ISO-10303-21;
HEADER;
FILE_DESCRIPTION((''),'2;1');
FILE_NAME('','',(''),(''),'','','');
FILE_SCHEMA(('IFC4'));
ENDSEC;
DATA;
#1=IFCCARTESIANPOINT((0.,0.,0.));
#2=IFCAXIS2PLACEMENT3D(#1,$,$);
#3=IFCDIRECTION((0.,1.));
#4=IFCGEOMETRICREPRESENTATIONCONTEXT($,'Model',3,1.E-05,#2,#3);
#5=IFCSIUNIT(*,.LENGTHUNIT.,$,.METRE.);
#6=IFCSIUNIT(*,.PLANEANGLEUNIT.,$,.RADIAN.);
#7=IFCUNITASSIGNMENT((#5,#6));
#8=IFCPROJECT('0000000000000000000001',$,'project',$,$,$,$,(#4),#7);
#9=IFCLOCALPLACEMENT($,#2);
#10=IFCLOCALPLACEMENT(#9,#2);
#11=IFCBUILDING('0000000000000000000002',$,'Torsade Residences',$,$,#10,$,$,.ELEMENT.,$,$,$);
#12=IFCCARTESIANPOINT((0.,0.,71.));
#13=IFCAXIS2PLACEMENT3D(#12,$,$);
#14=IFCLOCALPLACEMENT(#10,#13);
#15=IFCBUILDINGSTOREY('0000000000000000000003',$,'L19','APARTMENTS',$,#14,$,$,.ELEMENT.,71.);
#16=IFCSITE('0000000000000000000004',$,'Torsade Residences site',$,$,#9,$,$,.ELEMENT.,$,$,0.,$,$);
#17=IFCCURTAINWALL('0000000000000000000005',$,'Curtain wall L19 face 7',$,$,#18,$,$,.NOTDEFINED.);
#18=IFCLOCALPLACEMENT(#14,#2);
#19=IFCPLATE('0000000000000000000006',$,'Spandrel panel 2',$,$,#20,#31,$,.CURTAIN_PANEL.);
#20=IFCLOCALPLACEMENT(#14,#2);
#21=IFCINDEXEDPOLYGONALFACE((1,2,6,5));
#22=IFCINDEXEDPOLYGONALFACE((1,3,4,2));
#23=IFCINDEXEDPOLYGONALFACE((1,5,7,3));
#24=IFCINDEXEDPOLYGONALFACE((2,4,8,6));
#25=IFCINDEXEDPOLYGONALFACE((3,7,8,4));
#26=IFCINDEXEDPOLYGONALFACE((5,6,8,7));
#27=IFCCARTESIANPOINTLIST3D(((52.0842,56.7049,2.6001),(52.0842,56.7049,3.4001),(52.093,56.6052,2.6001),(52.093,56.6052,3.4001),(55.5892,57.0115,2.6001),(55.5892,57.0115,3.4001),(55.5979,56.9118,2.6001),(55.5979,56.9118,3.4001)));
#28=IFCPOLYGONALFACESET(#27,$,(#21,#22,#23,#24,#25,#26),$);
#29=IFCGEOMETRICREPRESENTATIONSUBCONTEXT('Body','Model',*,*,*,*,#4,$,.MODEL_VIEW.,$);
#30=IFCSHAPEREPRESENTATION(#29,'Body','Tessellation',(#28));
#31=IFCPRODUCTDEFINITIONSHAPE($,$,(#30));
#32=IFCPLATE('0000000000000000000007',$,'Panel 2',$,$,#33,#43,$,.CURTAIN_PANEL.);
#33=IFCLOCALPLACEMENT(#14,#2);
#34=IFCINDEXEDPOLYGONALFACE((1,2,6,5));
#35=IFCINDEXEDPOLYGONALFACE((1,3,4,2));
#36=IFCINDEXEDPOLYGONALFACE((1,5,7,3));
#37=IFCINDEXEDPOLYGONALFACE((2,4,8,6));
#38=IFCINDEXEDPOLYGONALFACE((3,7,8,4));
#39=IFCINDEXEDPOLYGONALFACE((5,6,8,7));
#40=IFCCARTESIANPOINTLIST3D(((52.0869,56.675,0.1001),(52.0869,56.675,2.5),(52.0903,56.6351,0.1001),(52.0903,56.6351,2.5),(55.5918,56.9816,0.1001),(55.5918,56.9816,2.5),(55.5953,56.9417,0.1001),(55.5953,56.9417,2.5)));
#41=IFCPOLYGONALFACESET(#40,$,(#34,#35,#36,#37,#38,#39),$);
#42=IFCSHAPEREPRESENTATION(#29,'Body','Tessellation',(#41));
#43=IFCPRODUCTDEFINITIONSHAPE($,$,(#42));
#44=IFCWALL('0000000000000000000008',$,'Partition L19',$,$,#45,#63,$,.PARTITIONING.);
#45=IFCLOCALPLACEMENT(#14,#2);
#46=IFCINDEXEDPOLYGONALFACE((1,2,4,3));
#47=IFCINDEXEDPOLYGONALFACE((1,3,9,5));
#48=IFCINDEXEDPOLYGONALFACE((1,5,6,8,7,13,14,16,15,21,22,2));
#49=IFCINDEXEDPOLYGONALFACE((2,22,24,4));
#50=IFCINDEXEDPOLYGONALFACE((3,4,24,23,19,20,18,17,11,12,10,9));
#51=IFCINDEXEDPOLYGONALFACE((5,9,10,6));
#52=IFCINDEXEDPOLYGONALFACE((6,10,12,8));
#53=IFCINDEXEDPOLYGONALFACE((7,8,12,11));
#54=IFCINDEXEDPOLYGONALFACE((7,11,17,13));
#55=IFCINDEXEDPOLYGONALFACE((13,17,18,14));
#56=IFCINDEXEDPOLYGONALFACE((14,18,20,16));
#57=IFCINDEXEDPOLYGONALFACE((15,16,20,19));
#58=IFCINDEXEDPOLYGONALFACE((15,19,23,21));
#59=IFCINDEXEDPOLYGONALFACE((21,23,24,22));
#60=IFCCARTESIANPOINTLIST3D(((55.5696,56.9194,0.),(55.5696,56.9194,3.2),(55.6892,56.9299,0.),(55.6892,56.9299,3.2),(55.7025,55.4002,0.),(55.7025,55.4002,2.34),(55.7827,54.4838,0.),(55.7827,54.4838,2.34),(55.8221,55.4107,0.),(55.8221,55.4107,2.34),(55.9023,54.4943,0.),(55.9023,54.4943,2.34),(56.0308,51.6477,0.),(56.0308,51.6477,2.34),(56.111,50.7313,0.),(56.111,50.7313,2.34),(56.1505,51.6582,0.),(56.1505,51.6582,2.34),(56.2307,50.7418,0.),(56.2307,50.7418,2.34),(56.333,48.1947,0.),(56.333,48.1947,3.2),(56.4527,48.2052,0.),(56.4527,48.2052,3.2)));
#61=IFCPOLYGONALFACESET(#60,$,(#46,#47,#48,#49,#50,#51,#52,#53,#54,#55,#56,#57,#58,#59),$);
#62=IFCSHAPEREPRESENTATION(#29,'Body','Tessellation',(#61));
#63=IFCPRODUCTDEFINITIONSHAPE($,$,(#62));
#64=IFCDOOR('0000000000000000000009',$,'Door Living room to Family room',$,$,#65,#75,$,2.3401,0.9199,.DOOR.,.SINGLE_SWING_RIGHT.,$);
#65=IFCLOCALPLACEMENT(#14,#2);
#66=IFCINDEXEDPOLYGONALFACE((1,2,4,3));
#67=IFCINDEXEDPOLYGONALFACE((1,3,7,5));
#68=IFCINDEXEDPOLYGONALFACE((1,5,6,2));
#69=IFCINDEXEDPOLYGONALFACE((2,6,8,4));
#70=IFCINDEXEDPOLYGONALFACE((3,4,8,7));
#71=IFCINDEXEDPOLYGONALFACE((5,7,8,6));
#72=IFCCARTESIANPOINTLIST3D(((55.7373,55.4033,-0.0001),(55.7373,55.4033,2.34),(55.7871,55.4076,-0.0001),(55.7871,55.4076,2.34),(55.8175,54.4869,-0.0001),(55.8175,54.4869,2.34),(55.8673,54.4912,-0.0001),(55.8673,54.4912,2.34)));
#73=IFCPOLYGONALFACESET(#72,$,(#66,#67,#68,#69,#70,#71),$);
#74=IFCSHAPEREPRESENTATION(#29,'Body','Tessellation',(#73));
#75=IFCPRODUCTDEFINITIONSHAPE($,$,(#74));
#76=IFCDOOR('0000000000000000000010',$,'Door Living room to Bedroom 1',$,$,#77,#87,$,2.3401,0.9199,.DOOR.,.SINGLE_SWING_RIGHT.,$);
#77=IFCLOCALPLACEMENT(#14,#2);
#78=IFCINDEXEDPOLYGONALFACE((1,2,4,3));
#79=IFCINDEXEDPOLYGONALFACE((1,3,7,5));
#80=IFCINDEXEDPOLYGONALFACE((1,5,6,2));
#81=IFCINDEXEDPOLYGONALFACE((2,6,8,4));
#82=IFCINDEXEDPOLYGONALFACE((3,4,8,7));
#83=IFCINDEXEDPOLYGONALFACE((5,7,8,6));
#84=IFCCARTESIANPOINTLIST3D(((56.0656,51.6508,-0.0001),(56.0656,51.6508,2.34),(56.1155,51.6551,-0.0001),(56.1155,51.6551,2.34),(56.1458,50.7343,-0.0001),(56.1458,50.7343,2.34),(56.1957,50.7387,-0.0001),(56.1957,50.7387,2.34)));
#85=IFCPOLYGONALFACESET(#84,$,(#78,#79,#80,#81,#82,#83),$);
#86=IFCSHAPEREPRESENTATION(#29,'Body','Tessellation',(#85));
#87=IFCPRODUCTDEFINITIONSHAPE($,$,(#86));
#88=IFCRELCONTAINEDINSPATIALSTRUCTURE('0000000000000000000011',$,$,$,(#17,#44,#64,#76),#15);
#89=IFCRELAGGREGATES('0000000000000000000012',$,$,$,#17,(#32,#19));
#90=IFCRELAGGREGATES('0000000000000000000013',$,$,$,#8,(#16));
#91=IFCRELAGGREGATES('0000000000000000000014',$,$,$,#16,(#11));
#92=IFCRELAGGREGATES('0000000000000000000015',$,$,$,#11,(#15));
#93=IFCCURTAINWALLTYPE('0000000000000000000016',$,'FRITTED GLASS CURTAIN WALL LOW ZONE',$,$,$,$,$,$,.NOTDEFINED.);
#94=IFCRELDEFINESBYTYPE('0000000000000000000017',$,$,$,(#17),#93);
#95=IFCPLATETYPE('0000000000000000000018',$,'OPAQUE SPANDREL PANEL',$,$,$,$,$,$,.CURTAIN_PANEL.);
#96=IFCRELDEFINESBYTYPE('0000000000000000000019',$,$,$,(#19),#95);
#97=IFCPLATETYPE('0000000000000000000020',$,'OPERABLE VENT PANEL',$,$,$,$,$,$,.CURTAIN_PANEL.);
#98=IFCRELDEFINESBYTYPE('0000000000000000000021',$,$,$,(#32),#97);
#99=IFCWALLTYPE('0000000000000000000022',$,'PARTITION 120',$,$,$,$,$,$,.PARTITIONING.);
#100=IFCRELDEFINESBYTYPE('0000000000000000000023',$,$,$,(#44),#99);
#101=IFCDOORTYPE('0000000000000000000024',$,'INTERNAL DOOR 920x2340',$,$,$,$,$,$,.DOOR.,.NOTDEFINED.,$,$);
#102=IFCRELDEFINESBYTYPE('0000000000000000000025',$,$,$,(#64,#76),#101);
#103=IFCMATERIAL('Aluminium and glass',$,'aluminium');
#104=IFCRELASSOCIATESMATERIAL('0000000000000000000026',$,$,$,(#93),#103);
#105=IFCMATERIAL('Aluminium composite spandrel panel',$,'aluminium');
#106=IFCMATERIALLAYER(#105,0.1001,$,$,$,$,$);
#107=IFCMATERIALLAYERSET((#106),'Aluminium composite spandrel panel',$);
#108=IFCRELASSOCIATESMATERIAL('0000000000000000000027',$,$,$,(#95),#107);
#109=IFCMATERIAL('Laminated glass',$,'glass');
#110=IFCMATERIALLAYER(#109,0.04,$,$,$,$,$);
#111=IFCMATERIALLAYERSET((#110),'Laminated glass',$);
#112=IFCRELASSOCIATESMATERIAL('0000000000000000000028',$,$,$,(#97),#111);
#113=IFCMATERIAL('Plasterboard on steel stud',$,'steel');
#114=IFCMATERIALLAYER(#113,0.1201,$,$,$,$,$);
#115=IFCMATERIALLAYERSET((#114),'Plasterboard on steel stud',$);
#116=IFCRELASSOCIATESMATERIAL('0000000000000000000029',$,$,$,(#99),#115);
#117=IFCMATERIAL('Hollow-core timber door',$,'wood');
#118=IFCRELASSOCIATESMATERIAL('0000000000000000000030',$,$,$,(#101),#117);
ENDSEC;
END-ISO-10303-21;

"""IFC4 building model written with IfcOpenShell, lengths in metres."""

from ifc_helpers import new_model, si_unit, direction, frame, frame_2d, origin, origin_2d, place, context, subcontext, project, spatial, rectangle, extrude, material, layer, layer_set, type_object, element, fill, aggregate, save


model = new_model("IFC4")

# Units and contexts
model_context = context("Model", 3, precision=1e-05, world=origin(), true_north=direction((0.0, 1.0)))
body_context = subcontext(model_context, "Body", "Model", "MODEL_VIEW")
ifc_project = project(units=[si_unit("LENGTHUNIT", "METRE"), si_unit("PLANEANGLEUNIT", "RADIAN")], contexts=[model_context])

# Site, building, storey
site_placement = place(None, origin())
site = spatial("IfcSite", under=ifc_project, at=site_placement, Name="Torsade Residences site", CompositionType="ELEMENT", RefElevation=0.0)
building_placement = place(site_placement, origin())
building = spatial("IfcBuilding", under=site, at=building_placement, Name="Torsade Residences", CompositionType="ELEMENT")
storey_placement = place(building_placement, frame((0.0, 0.0, 71.0)))
storey = spatial("IfcBuildingStorey", under=building, at=storey_placement, Name="L19", Description="APARTMENTS", CompositionType="ELEMENT", Elevation=71.0)

# Curtain wall
ifc_material_1 = material(Name="Aluminium and glass", Category="aluminium")
curtain_wall_type = type_object("IfcCurtainWallType", Name="FRITTED GLASS CURTAIN WALL LOW ZONE", PredefinedType="NOTDEFINED", material=ifc_material_1)
curtain_wall_placement = place(storey_placement, origin())
curtain_wall = element("IfcCurtainWall", 1, at=curtain_wall_placement, inside=storey, type_object=curtain_wall_type, Name="Curtain wall L19 face 7", PredefinedType="NOTDEFINED")

# Plates
ifc_material_2 = material(Name="Aluminium composite spandrel panel", Category="aluminium")
ifc_layer_1 = layer(ifc_material_2, 0.1001)
ifc_layer_set_1 = layer_set([ifc_layer_1], Name="Aluminium composite spandrel panel")
plate_type_1 = type_object("IfcPlateType", Name="OPAQUE SPANDREL PANEL", PredefinedType="CURTAIN_PANEL", material=ifc_layer_set_1)
plate_1_placement = place(storey_placement, frame((53.8411, 56.8083, 2.6001), z_axis=(0.0, 0.0, 1.0), x_axis=(-0.996195, -0.087156, 0.0)))
plate_1 = element("IfcPlate", 2, at=plate_1_placement, type_object=plate_type_1, Name="Spandrel panel 2", PredefinedType="CURTAIN_PANEL", context=body_context, shape_type="SweptSolid", body=[
    extrude(rectangle(XDim=3.5183, YDim=0.1001, at=origin_2d()), origin(), (0.0, 0.0, 1.0), 0.8),
])
ifc_material_3 = material(Name="Laminated glass", Category="glass")
ifc_layer_2 = layer(ifc_material_3, 0.04)
ifc_layer_set_2 = layer_set([ifc_layer_2], Name="Laminated glass")
plate_type_2 = type_object("IfcPlateType", Name="OPERABLE VENT PANEL", PredefinedType="CURTAIN_PANEL", material=ifc_layer_set_2)
plate_2_placement = place(storey_placement, frame((53.8411, 56.8083, 0.1001), z_axis=(0.0, 0.0, 1.0), x_axis=(-0.996195, -0.087156, 0.0)))
plate_2 = element("IfcPlate", 3, at=plate_2_placement, type_object=plate_type_2, Name="Panel 2", PredefinedType="CURTAIN_PANEL", context=body_context, shape_type="SweptSolid", body=[
    extrude(rectangle(XDim=3.5183, YDim=0.04, at=origin_2d()), origin(), (0.0, 0.0, 1.0), 2.3999),
])
aggregate(curtain_wall, [plate_2, plate_1])

# Wall, openings, doors
ifc_material_4 = material(Name="Plasterboard on steel stud", Category="steel")
ifc_layer_3 = layer(ifc_material_4, 0.1201)
ifc_layer_set_3 = layer_set([ifc_layer_3], Name="Plasterboard on steel stud")
wall_type = type_object("IfcWallType", Name="PARTITION 120", PredefinedType="PARTITIONING", material=ifc_layer_set_3)
wall_placement = place(storey_placement, frame((55.6294, 56.9246, 0.0), z_axis=(0.0, 0.0, 1.0), x_axis=(0.08717, -0.996193, 0.0)))
wall = element("IfcWall", 4, at=wall_placement, inside=storey, type_object=wall_type, Name="Partition L19", PredefinedType="PARTITIONING", context=body_context, shape_type="SweptSolid", body=[
    extrude(rectangle(XDim=8.7581, YDim=0.1201, at=frame_2d((4.3789, 0.0))), origin(), (0.0, 0.0, 1.0), 3.2),
])
opening_1_placement = place(wall_placement, frame((1.5249, 0.0, 0.0)))
opening_1 = element("IfcOpeningElement", 5, at=opening_1_placement, cuts=wall, PredefinedType="OPENING", context=body_context, shape_type="SweptSolid", body=[
    extrude(rectangle(XDim=0.9199, YDim=2.3401, at=frame_2d((0.46, 1.1699))), frame((0.0, 0.0701, 0.0), z_axis=(0.0, -1.0, 0.0), x_axis=(1.0, 0.0, 0.0)), (0.0, 0.0, 1.0), 0.1401),
])
opening_2_placement = place(wall_placement, frame((5.2917, 0.0, 0.0)))
opening_2 = element("IfcOpeningElement", 6, at=opening_2_placement, cuts=wall, PredefinedType="OPENING", context=body_context, shape_type="SweptSolid", body=[
    extrude(rectangle(XDim=0.9199, YDim=2.3401, at=frame_2d((0.46, 1.1699))), frame((0.0, 0.0701, 0.0), z_axis=(0.0, -1.0, 0.0), x_axis=(1.0, 0.0, 0.0)), (0.0, 0.0, 1.0), 0.1401),
])
ifc_material_5 = material(Name="Hollow-core timber door", Category="wood")
door_type = type_object("IfcDoorType", Name="INTERNAL DOOR 920x2340", OperationType="NOTDEFINED", PredefinedType="DOOR", material=ifc_material_5)
door_1_placement = place(opening_1_placement, origin())
door_1 = element("IfcDoor", 7, at=door_1_placement, inside=storey, type_object=door_type, Name="Door Living room to Family room", OperationType="SINGLE_SWING_RIGHT", OverallHeight=2.3401, OverallWidth=0.9199, PredefinedType="DOOR", context=body_context, shape_type="SweptSolid", body=[
    extrude(rectangle(XDim=0.9199, YDim=2.3401, at=frame_2d((0.46, 1.1699))), frame((0.0, 0.0249, 0.0), z_axis=(0.0, -1.0, 0.0), x_axis=(1.0, 0.0, 0.0)), (0.0, 0.0, 1.0), 0.05),
])
fill(opening_1, door_1)
door_2_placement = place(opening_2_placement, origin())
door_2 = element("IfcDoor", 8, at=door_2_placement, inside=storey, type_object=door_type, Name="Door Living room to Bedroom 1", OperationType="SINGLE_SWING_RIGHT", OverallHeight=2.3401, OverallWidth=0.9199, PredefinedType="DOOR", context=body_context, shape_type="SweptSolid", body=[
    extrude(rectangle(XDim=0.9199, YDim=2.3401, at=frame_2d((0.46, 1.1699))), frame((0.0, 0.0249, 0.0), z_axis=(0.0, -1.0, 0.0), x_axis=(1.0, 0.0, 0.0)), (0.0, 0.0, 1.0), 0.05),
])
fill(opening_2, door_2)

save(model, "model.ifc")
